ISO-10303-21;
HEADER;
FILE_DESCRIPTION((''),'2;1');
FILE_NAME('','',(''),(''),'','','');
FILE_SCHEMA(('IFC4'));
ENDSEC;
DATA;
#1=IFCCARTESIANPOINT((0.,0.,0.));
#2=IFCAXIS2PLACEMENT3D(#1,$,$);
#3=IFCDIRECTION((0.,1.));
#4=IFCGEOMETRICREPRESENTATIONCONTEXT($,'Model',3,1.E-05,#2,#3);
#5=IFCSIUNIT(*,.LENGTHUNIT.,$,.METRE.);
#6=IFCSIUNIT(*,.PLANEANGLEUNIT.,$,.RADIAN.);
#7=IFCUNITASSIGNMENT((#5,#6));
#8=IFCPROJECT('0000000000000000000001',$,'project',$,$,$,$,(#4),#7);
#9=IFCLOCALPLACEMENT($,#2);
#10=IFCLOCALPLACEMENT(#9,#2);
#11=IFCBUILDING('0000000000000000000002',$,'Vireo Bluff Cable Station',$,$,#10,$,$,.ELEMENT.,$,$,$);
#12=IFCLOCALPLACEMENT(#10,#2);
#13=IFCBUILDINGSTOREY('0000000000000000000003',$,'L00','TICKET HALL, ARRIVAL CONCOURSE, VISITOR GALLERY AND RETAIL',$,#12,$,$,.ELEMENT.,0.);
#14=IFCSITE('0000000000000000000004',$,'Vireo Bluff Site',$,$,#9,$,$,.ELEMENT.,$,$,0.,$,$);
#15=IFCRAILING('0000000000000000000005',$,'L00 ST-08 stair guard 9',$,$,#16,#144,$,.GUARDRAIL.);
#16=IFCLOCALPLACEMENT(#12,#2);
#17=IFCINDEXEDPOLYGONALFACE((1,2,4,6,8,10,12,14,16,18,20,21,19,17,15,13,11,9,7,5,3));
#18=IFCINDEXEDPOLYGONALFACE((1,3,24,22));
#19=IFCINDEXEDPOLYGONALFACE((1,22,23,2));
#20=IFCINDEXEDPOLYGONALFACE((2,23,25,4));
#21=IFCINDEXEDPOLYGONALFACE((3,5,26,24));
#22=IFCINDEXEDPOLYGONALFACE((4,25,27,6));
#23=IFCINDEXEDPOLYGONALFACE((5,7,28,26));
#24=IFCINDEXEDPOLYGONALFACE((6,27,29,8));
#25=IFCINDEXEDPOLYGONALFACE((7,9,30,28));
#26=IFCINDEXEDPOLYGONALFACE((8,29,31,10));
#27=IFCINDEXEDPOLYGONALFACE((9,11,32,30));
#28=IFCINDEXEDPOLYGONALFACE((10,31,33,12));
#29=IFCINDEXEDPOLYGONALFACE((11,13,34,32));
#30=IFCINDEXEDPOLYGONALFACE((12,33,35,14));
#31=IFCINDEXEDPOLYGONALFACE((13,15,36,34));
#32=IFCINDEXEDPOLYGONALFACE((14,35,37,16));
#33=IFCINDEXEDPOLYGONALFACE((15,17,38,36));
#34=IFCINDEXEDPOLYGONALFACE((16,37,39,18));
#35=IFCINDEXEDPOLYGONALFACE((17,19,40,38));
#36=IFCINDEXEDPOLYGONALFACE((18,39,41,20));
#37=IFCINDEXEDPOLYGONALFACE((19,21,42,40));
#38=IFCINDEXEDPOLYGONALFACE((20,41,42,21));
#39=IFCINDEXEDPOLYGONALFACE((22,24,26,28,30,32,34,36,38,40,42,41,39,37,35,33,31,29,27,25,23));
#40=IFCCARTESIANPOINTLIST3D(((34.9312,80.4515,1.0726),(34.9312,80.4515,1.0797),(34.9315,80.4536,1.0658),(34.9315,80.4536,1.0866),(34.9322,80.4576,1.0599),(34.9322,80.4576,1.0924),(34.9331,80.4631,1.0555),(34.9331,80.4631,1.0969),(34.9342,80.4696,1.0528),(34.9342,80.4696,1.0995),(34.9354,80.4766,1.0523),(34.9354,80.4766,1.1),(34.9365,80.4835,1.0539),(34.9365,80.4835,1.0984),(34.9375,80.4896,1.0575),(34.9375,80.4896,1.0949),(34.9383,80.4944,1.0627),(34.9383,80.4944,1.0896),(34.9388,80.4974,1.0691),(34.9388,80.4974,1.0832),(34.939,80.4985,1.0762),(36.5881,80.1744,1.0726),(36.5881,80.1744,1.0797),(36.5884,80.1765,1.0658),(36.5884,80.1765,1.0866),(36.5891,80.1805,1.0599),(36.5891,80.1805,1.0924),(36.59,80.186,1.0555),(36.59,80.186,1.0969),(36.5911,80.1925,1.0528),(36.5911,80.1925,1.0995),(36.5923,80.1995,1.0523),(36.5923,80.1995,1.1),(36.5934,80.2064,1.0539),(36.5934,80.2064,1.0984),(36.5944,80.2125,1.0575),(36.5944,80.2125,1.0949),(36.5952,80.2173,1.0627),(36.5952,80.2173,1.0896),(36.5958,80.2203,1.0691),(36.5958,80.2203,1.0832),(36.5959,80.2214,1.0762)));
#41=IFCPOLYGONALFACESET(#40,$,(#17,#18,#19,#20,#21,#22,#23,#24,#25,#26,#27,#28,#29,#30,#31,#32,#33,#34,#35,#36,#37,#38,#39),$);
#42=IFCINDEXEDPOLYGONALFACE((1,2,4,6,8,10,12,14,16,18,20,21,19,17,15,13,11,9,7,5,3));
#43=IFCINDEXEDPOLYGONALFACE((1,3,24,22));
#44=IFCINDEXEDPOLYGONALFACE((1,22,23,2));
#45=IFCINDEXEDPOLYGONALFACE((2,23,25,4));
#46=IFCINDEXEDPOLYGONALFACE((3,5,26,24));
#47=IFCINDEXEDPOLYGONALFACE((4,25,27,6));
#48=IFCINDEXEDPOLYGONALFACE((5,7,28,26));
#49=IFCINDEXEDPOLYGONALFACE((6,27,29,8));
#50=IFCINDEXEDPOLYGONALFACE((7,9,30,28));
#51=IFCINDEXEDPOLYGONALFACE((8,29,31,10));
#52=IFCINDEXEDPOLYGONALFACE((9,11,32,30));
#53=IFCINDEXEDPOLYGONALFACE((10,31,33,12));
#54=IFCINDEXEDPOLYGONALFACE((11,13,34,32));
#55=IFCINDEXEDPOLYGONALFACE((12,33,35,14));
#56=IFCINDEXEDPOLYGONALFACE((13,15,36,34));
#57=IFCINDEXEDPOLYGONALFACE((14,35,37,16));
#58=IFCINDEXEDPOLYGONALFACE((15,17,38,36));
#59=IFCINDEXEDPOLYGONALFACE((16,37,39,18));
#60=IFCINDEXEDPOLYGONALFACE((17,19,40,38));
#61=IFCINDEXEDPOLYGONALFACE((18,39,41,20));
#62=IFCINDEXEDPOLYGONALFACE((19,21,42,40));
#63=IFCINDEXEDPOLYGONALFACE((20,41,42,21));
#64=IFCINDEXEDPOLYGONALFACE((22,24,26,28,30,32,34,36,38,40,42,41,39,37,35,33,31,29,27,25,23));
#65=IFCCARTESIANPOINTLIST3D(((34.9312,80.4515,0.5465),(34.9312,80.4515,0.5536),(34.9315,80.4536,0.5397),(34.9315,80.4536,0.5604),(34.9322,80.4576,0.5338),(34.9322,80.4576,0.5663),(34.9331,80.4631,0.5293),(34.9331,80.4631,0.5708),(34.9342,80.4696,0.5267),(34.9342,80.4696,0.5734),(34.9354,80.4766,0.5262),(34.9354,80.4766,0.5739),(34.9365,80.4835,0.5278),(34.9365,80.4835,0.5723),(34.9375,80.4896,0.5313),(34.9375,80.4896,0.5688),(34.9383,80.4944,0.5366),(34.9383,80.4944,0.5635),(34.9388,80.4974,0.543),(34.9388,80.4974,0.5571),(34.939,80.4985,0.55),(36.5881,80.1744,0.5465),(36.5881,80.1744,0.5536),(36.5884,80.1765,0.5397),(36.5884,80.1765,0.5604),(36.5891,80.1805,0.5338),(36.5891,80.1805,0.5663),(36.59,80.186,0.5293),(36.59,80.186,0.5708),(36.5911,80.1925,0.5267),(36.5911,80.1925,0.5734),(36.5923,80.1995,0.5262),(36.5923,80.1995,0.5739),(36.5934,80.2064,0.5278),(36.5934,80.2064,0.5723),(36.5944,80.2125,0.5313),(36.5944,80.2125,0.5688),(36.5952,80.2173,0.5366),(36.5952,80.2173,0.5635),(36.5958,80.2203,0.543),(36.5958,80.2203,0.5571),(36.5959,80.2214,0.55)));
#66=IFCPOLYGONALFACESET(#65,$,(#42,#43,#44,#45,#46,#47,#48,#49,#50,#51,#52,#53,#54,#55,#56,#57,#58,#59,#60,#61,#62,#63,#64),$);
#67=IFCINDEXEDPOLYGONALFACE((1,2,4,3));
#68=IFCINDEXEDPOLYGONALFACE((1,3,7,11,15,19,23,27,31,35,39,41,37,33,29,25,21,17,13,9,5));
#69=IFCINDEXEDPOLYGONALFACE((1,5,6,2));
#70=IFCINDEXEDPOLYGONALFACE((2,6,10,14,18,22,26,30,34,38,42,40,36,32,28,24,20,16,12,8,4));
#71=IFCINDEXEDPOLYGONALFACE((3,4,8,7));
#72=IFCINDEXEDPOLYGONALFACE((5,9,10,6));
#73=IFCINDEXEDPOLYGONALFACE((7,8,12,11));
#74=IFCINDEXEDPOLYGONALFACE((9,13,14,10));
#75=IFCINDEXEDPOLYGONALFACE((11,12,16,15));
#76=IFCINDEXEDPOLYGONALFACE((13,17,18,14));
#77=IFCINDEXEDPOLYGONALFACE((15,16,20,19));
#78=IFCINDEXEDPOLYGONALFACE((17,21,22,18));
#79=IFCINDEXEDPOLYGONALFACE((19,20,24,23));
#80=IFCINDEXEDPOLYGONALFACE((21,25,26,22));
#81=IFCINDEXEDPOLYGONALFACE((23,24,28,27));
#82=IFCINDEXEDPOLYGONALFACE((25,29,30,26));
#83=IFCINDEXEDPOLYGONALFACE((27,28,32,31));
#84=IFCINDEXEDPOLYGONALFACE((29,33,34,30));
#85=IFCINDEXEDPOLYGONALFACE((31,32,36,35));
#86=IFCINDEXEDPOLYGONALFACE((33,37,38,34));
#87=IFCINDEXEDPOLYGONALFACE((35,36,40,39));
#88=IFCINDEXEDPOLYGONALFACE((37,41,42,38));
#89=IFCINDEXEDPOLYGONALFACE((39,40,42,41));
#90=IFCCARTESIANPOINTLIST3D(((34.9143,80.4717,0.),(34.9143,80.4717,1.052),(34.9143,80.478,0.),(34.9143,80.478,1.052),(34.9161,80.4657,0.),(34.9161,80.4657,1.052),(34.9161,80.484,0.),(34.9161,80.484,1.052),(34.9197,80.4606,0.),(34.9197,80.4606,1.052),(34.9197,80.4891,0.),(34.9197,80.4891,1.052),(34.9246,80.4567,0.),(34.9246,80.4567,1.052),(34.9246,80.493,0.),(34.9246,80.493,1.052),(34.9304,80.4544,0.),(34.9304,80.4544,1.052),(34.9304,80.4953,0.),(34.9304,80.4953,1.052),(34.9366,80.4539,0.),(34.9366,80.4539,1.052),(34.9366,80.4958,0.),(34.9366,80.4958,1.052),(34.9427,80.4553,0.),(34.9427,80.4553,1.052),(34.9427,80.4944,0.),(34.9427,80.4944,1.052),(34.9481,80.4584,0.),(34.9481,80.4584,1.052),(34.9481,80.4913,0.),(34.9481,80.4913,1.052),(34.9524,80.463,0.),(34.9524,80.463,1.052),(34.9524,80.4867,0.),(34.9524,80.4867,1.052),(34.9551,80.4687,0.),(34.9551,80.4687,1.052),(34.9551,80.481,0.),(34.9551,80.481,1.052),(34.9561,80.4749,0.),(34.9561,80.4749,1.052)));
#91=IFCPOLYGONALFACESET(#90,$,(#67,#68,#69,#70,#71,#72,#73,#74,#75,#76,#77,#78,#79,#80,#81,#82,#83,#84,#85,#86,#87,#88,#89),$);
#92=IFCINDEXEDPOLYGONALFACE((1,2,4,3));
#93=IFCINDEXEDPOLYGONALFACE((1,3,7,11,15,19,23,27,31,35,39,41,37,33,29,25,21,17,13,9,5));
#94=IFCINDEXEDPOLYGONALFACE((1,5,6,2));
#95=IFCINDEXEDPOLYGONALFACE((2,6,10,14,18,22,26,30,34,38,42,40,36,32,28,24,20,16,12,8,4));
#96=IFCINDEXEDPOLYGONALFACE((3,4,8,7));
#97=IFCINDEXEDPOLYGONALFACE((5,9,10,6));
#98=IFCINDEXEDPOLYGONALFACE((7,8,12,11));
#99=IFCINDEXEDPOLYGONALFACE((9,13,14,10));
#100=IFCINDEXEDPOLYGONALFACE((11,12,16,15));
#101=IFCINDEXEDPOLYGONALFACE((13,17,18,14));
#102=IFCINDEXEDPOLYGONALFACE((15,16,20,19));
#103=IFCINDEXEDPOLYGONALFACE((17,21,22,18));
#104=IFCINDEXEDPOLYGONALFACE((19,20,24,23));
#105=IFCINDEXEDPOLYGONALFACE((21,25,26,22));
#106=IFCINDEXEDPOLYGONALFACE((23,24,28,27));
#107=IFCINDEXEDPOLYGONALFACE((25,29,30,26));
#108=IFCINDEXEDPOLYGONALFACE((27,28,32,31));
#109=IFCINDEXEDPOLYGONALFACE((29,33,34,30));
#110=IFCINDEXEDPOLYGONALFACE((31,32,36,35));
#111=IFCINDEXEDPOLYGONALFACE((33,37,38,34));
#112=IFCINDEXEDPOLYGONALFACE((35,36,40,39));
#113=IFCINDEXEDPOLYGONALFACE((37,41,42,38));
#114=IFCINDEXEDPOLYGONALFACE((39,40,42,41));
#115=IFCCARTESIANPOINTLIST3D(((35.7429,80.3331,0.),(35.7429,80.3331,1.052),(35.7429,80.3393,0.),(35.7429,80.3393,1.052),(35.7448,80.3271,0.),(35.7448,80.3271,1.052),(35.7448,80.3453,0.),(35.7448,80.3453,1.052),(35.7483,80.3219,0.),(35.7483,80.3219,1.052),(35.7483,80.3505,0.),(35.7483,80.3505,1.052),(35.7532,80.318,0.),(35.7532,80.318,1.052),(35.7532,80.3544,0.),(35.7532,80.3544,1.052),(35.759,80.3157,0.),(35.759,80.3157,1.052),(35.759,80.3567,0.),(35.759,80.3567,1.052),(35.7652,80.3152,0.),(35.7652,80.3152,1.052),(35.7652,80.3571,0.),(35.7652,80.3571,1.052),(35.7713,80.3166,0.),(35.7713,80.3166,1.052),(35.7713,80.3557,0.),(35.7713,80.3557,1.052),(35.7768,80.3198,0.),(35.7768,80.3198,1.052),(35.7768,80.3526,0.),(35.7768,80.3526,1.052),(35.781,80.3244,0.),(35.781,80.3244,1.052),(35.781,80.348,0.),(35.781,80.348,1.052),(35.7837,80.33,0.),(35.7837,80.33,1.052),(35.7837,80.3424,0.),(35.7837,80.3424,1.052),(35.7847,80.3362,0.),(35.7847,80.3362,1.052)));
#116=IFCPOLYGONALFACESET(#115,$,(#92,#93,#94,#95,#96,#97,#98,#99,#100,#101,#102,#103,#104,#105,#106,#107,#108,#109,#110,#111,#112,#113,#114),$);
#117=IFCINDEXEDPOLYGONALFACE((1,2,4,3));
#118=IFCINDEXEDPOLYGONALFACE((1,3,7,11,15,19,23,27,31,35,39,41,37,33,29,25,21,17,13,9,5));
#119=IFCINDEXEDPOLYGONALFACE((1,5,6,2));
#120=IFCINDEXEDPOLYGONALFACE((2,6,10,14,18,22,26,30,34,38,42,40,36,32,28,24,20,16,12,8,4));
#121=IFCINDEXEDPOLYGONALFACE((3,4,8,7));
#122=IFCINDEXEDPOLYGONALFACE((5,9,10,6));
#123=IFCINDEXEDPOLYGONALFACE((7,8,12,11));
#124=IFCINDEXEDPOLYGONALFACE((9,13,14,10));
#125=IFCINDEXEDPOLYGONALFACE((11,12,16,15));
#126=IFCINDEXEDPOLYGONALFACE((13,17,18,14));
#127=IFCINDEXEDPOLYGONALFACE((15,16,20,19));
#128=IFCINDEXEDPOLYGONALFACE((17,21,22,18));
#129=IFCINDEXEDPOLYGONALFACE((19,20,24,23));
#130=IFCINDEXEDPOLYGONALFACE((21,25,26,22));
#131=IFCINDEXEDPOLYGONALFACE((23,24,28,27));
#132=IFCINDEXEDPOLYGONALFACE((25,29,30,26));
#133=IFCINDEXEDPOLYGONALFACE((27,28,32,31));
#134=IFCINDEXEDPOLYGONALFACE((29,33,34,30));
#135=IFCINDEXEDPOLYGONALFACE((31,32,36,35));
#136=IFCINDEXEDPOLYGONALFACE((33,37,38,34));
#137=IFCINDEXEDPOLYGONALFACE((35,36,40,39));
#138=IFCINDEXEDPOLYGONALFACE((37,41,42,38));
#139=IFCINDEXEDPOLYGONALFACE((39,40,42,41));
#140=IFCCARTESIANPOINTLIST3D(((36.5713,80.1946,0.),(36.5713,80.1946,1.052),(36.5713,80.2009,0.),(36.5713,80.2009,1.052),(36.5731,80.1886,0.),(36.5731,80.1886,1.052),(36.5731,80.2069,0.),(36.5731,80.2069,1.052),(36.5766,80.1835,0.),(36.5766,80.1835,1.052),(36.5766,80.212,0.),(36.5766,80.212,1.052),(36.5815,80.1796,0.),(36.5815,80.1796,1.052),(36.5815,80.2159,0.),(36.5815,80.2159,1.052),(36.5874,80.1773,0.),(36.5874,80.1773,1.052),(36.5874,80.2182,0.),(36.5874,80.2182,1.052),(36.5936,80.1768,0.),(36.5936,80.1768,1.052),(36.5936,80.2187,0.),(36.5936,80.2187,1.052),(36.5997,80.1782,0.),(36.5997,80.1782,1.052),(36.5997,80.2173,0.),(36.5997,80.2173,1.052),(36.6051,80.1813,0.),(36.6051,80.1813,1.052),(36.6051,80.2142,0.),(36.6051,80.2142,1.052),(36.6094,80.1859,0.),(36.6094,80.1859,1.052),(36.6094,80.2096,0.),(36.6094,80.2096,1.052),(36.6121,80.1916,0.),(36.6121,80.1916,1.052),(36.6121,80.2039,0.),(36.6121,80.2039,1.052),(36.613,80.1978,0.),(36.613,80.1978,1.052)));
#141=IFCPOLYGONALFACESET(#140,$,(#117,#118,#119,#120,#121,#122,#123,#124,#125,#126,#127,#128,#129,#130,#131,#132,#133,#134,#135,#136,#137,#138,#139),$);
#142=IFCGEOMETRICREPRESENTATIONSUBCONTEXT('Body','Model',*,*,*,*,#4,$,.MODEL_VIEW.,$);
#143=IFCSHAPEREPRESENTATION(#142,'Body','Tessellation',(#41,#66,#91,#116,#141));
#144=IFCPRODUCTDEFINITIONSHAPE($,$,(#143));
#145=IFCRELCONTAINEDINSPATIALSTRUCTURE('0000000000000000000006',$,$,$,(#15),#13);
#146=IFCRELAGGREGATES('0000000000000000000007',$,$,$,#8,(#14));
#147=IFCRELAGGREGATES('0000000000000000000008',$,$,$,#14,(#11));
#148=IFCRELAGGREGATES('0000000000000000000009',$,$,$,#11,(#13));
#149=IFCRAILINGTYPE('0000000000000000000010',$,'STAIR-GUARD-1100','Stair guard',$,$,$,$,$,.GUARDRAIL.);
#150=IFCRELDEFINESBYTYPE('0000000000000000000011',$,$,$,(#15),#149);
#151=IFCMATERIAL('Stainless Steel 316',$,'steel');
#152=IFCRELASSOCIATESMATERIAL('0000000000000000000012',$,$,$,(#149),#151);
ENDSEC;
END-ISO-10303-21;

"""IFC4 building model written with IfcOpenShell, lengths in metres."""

from ifc_helpers import new_model, si_unit, direction, frame, origin, origin_2d, place, context, subcontext, project, spatial, circle, extrude, material, type_object, element, save


model = new_model("IFC4")

# Units and contexts
model_context = context("Model", 3, precision=1e-05, world=origin(), true_north=direction((0.0, 1.0)))
body_context = subcontext(model_context, "Body", "Model", "MODEL_VIEW")
ifc_project = project(units=[si_unit("LENGTHUNIT", "METRE"), si_unit("PLANEANGLEUNIT", "RADIAN")], contexts=[model_context])

# Site, building, storey
site_placement = place(None, origin())
site = spatial("IfcSite", under=ifc_project, at=site_placement, Name="Vireo Bluff Site", CompositionType="ELEMENT", RefElevation=0.0)
building_placement = place(site_placement, origin())
building = spatial("IfcBuilding", under=site, at=building_placement, Name="Vireo Bluff Cable Station", CompositionType="ELEMENT")
storey_placement = place(building_placement, origin())
storey = spatial("IfcBuildingStorey", under=building, at=storey_placement, Name="L00", Description="TICKET HALL, ARRIVAL CONCOURSE, VISITOR GALLERY AND RETAIL", CompositionType="ELEMENT", Elevation=0.0)

# Railing
ifc_material_1 = material(Name="Stainless Steel 316", Category="steel")
railing_type_1 = type_object("IfcRailingType", Name="STAIR-GUARD-1100", Description="Stair guard", PredefinedType="GUARDRAIL", material=ifc_material_1)
railing_1_placement = place(storey_placement, frame((34.9351, 80.4749, 0.0)))
element("IfcRailing", 1, at=railing_1_placement, inside=storey, type_object=railing_type_1, Name="L00 ST-08 stair guard 9", PredefinedType="GUARDRAIL", context=body_context, shape_type="SweptSolid", body=[
    extrude(circle(Radius=0.0239, at=origin_2d()), frame((0.0, 0.0, 1.0762), z_axis=(0.986303, -0.164941, 0.0), x_axis=(0.164941, 0.986303, 0.0)), (0.0, 0.0, 1.0), 1.6799),
    extrude(circle(Radius=0.0239, at=origin_2d()), frame((0.0, 0.0, 0.55), z_axis=(0.986303, -0.164941, 0.0), x_axis=(0.164941, 0.986303, 0.0)), (0.0, 0.0, 1.0), 1.6799),
    extrude(circle(Radius=0.021, at=origin_2d()), origin(), (0.0, 0.0, 1.0), 1.052),
    extrude(circle(Radius=0.021, at=origin_2d()), frame((0.8286, -0.1387, 0.0)), (0.0, 0.0, 1.0), 1.052),
    extrude(circle(Radius=0.021, at=origin_2d()), frame((1.657, -0.2771, 0.0)), (0.0, 0.0, 1.0), 1.052),
])

save(model, "model.ifc")
